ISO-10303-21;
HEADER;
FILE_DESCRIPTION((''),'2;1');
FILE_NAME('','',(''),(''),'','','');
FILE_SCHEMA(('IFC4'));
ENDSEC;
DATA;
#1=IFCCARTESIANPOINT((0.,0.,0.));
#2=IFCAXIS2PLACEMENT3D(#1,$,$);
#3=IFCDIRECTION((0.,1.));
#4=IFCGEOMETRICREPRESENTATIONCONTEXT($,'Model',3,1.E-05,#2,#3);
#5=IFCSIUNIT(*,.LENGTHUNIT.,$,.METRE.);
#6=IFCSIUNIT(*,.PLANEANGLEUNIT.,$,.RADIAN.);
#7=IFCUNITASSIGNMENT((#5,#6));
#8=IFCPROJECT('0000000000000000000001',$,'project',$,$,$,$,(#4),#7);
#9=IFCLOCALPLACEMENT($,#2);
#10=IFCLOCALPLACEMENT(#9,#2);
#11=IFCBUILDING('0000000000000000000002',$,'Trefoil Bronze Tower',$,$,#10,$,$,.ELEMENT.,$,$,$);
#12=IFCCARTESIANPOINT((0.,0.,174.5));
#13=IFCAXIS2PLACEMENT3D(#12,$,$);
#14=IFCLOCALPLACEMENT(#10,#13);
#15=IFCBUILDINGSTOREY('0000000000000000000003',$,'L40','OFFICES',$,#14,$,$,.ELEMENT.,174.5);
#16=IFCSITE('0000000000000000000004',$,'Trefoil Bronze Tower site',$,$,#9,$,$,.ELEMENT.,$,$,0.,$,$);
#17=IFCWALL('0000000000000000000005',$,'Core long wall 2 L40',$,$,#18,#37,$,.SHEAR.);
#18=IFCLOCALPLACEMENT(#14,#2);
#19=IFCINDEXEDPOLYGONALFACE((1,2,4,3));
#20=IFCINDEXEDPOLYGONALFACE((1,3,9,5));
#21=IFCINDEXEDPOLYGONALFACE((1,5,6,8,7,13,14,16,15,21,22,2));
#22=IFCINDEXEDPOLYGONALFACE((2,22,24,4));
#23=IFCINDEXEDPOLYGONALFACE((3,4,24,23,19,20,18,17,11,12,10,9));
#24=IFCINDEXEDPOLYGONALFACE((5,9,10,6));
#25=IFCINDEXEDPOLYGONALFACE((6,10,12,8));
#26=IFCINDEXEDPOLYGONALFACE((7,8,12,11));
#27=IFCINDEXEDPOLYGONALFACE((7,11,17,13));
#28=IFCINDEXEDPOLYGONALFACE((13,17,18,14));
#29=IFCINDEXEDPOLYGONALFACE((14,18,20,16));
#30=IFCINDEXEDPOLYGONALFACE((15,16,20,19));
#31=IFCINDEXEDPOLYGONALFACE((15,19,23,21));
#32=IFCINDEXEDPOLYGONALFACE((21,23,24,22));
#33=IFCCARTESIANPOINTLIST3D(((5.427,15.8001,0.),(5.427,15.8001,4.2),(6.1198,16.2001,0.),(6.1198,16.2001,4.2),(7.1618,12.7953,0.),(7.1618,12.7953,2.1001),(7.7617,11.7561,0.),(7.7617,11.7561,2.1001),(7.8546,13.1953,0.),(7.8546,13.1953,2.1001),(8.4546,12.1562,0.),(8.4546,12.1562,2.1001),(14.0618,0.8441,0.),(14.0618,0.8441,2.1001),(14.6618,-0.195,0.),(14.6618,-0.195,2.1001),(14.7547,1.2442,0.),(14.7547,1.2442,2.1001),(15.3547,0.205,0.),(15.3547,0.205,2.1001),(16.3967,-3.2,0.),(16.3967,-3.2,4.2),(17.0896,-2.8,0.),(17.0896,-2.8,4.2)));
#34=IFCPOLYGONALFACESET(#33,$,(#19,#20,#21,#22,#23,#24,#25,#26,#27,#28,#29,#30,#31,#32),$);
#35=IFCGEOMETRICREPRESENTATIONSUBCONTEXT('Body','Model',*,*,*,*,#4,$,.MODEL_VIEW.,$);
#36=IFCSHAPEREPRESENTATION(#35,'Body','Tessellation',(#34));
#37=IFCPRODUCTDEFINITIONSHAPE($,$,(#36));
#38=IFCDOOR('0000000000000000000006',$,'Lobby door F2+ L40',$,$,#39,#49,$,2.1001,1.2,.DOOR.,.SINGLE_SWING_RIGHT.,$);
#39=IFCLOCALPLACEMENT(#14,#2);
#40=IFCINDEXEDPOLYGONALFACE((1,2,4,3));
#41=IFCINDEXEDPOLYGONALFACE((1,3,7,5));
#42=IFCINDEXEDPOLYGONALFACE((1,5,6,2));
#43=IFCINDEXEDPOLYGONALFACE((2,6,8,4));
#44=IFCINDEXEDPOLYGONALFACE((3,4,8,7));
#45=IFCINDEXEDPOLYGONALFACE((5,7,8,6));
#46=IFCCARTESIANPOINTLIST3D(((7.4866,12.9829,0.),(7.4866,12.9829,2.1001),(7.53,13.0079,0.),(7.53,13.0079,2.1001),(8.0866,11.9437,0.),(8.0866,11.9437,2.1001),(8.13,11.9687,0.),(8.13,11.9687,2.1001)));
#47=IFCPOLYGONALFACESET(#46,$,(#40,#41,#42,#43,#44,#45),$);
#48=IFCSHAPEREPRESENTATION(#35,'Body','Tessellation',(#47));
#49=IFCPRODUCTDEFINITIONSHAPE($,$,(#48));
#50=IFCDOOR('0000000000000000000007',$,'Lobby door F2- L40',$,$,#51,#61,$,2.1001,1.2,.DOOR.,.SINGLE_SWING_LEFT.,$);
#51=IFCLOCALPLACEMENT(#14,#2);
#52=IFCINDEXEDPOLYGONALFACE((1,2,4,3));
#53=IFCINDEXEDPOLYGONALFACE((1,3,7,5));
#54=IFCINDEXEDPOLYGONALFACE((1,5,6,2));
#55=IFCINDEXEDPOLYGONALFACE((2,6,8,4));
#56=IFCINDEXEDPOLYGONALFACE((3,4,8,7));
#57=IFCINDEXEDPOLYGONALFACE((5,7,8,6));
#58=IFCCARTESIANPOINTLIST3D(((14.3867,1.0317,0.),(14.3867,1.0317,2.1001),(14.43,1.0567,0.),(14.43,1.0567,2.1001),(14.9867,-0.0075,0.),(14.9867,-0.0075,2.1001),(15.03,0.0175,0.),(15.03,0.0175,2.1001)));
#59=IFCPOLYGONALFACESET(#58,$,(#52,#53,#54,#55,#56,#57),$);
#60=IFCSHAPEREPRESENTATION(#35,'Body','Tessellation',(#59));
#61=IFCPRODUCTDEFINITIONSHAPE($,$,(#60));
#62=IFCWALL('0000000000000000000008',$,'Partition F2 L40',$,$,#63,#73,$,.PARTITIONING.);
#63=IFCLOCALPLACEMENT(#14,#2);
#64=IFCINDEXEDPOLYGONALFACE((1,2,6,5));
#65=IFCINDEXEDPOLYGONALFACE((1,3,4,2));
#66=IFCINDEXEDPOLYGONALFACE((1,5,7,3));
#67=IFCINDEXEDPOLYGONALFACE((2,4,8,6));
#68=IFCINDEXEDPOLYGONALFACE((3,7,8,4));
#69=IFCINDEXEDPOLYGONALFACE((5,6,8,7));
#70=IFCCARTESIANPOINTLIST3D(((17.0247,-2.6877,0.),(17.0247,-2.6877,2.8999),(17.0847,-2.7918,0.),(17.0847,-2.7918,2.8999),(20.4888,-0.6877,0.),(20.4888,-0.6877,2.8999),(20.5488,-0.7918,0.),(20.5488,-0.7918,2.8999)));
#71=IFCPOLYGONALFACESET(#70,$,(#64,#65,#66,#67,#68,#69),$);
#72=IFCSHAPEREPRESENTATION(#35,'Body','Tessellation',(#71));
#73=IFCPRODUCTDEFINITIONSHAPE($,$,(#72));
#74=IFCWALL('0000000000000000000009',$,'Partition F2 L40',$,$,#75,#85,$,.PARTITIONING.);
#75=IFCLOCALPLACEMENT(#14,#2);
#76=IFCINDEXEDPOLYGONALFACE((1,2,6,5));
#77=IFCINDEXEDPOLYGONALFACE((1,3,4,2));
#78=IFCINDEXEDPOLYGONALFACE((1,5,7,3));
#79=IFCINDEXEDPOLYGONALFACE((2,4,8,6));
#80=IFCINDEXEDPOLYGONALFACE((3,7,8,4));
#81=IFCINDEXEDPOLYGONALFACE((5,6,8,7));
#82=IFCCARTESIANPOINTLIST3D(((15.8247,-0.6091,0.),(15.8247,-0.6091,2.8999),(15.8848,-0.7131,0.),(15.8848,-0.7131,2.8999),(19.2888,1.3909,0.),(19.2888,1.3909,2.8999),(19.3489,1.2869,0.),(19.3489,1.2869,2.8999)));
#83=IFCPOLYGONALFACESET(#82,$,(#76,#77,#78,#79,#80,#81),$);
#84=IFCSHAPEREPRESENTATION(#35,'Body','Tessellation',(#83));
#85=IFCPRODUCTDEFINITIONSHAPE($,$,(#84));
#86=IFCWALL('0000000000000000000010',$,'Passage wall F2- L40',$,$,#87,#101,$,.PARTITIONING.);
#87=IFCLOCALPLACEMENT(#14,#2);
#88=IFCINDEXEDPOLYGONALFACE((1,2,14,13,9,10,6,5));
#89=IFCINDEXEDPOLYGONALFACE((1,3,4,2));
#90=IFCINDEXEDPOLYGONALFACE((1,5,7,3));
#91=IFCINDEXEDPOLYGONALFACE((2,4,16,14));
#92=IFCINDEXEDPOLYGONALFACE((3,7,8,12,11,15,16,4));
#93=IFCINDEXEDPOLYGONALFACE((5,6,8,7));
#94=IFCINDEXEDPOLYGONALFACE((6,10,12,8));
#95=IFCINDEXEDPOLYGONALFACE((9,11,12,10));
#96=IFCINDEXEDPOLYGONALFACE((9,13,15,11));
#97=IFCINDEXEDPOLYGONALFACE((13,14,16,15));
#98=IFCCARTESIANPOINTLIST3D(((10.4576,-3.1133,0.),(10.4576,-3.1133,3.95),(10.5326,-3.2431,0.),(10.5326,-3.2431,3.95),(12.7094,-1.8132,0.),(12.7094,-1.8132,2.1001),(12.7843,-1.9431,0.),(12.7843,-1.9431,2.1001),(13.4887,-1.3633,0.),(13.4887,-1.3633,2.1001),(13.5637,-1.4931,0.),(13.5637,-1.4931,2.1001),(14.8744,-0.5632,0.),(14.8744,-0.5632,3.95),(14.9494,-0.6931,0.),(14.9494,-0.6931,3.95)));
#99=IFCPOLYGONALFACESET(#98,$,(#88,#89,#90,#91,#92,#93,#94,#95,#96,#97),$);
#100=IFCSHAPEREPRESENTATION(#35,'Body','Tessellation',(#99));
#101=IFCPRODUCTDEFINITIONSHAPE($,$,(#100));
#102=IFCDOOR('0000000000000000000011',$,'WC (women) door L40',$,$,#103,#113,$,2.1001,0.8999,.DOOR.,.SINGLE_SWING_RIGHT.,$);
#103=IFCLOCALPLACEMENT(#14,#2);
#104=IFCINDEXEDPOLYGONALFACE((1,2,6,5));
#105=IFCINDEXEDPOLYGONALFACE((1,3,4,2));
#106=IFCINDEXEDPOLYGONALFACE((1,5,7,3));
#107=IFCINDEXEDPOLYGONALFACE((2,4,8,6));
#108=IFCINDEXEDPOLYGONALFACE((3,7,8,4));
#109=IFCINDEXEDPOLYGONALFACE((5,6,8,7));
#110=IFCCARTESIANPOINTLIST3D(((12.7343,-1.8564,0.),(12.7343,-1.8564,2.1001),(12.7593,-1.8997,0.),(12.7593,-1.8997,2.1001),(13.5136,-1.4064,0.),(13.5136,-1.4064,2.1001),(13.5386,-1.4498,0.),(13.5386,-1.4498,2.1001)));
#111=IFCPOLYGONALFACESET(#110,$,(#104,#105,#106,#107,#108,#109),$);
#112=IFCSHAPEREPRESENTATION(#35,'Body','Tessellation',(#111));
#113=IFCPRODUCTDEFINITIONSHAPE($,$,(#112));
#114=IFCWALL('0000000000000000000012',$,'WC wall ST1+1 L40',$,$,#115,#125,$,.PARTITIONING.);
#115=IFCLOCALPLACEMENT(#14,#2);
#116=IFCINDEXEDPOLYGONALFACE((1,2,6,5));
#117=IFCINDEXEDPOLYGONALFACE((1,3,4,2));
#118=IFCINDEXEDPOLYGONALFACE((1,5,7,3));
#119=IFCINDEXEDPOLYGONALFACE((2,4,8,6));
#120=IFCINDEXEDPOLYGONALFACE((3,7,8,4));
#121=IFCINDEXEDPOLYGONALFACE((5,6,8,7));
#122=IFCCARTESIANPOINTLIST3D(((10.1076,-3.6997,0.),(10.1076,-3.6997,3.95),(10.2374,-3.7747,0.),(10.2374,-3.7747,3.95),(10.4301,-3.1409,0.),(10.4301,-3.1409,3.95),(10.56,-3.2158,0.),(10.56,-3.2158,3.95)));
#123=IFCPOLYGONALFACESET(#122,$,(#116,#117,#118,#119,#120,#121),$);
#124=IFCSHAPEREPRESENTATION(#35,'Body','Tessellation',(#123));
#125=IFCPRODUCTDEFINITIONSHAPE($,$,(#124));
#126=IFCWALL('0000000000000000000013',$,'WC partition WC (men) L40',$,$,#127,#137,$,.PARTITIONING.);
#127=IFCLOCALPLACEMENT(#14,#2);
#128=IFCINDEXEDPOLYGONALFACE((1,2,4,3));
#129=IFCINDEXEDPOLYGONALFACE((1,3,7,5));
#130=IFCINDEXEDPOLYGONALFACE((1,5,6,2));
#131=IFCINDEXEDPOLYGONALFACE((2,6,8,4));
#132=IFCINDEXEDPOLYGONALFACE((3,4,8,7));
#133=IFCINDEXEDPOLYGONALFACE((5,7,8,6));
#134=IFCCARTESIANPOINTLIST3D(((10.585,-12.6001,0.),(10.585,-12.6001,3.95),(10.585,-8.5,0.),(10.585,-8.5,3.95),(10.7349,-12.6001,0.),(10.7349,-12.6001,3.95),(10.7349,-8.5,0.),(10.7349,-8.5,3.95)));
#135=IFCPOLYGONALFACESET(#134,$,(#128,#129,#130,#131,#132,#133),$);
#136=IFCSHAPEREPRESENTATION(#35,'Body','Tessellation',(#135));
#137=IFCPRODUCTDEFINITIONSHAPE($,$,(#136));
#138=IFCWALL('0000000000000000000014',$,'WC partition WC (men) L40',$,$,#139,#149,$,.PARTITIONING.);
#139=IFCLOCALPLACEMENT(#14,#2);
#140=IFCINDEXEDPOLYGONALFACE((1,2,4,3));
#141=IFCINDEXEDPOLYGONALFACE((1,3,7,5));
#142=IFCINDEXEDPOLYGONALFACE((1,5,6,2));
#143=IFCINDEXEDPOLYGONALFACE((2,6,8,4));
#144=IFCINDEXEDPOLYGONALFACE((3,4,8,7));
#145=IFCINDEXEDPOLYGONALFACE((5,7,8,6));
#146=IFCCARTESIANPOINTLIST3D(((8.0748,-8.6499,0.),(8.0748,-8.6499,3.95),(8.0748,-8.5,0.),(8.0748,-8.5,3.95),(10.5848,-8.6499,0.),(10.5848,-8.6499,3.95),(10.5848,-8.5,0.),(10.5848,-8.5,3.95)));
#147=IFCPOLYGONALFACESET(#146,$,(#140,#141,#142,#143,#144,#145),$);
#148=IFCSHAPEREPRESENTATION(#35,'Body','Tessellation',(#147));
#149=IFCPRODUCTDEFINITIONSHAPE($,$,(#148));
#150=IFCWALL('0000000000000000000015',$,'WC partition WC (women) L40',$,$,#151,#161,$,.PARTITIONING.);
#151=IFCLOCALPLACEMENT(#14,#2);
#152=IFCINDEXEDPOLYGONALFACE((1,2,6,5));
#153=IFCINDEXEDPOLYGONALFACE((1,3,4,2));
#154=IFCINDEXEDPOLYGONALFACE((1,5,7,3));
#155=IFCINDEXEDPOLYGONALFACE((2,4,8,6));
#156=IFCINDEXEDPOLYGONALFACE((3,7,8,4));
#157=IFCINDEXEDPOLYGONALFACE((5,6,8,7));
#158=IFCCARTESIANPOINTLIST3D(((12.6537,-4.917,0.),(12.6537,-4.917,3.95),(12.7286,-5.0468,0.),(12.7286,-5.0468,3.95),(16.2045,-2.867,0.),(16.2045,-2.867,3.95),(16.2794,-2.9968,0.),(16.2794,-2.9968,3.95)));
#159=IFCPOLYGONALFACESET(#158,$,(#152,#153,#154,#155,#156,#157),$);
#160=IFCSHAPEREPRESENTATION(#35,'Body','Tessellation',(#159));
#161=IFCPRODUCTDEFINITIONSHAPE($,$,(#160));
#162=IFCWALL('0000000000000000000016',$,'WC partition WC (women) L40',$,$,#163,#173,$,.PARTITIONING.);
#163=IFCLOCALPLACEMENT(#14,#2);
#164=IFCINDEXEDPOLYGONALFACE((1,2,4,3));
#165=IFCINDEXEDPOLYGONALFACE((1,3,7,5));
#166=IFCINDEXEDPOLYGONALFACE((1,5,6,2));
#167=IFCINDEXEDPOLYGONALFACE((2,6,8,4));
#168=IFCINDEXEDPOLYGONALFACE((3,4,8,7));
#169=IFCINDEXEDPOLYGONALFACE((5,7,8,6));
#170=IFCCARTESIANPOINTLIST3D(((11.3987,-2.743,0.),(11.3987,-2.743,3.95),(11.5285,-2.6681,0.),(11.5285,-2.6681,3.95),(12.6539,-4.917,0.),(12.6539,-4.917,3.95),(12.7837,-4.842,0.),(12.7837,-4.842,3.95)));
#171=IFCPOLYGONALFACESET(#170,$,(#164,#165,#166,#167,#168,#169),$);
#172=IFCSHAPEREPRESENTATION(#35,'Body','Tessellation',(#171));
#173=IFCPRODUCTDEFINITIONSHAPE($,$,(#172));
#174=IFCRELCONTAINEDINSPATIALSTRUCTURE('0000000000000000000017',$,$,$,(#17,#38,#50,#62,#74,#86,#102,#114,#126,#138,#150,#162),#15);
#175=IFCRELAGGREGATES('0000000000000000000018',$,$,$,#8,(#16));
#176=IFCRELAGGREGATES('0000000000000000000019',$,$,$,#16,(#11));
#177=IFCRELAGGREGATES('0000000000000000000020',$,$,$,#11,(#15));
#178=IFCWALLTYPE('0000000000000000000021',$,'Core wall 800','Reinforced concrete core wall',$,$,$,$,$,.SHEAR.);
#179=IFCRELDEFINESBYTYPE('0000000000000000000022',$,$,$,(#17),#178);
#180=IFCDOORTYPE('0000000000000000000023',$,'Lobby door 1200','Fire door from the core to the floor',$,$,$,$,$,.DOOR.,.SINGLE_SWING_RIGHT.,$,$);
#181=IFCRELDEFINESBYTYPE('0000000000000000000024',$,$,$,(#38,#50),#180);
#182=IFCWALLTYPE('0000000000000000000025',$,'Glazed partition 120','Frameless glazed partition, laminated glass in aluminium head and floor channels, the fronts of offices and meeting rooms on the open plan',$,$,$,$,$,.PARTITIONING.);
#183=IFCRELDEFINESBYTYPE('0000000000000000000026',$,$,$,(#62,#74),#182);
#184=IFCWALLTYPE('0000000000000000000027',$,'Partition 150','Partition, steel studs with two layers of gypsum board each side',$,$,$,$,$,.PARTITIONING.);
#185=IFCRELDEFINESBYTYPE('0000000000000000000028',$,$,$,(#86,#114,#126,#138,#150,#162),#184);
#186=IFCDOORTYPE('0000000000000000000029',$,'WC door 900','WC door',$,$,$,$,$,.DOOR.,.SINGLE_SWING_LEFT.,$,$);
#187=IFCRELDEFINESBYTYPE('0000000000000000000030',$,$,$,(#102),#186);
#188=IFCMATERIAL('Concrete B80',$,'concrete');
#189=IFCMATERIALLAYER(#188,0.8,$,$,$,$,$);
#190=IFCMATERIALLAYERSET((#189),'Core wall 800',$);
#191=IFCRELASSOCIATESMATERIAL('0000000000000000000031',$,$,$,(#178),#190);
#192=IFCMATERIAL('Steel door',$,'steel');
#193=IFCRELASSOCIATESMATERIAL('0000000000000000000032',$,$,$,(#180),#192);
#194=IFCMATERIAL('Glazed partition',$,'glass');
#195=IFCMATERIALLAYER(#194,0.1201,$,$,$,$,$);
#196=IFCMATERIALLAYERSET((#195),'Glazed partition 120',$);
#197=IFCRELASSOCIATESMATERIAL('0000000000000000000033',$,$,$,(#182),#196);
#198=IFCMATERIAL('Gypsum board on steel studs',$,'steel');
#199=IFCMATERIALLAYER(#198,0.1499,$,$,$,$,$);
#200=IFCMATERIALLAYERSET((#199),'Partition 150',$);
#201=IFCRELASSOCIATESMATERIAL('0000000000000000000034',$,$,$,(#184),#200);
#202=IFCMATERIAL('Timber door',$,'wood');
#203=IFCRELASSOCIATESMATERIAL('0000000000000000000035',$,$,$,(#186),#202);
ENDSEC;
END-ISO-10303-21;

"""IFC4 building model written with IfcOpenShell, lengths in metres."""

from ifc_helpers import new_model, si_unit, direction, frame, frame_2d, origin, place, context, subcontext, project, spatial, rectangle, extrude, material, layer, layer_set, type_object, element, fill, save


model = new_model("IFC4")

# Units and contexts
model_context = context("Model", 3, precision=1e-05, world=origin(), true_north=direction((0.0, 1.0)))
body_context = subcontext(model_context, "Body", "Model", "MODEL_VIEW")
ifc_project = project(units=[si_unit("LENGTHUNIT", "METRE"), si_unit("PLANEANGLEUNIT", "RADIAN")], contexts=[model_context])

# Site, building, storey
site_placement = place(None, origin())
site = spatial("IfcSite", under=ifc_project, at=site_placement, Name="Trefoil Bronze Tower site", CompositionType="ELEMENT", RefElevation=0.0)
building_placement = place(site_placement, origin())
building = spatial("IfcBuilding", under=site, at=building_placement, Name="Trefoil Bronze Tower", CompositionType="ELEMENT")
storey_placement = place(building_placement, frame((0.0, 0.0, 174.5)))
storey = spatial("IfcBuildingStorey", under=building, at=storey_placement, Name="L40", Description="OFFICES", CompositionType="ELEMENT", Elevation=174.5)

# Shared definitions
ifc_material_1 = material(Name="Concrete B80", Category="concrete")
ifc_layer_1 = layer(ifc_material_1, 0.8)
ifc_layer_set_1 = layer_set([ifc_layer_1], Name="Core wall 800")
wall_type_1 = type_object("IfcWallType", Name="Core wall 800", Description="Reinforced concrete core wall", PredefinedType="SHEAR", material=ifc_layer_set_1)

# Wall, openings, doors
wall_1_placement = place(storey_placement, frame((16.7432, -3.0, 0.0), z_axis=(0.0, 0.0, 1.0), x_axis=(-0.500002, 0.866024, 0.0)))
wall_1 = element("IfcWall", 1, at=wall_1_placement, inside=storey, type_object=wall_type_1, Name="Core long wall 2 L40", PredefinedType="SHEAR", context=body_context, shape_type="SweptSolid", body=[
    extrude(rectangle(XDim=21.9395, YDim=0.8, at=frame_2d((10.9697, 0.0))), origin(), (0.0, 0.0, 1.0), 4.2),
])
opening_1_placement = place(wall_1_placement, frame((17.2698, 0.0, 0.0)))
opening_1 = element("IfcOpeningElement", 2, at=opening_1_placement, cuts=wall_1, PredefinedType="OPENING", context=body_context, shape_type="SweptSolid", body=[
    extrude(rectangle(XDim=1.2, YDim=2.1001, at=frame_2d((0.6001, 1.05))), frame((0.0, 0.4099, 0.0), z_axis=(0.0, -1.0, 0.0), x_axis=(1.0, 0.0, 0.0)), (0.0, 0.0, 1.0), 0.8201),
])
opening_2_placement = place(wall_1_placement, frame((3.4697, 0.0, 0.0)))
opening_2 = element("IfcOpeningElement", 3, at=opening_2_placement, cuts=wall_1, PredefinedType="OPENING", context=body_context, shape_type="SweptSolid", body=[
    extrude(rectangle(XDim=1.2, YDim=2.1001, at=frame_2d((0.6001, 1.05))), frame((0.0, 0.4099, 0.0), z_axis=(0.0, -1.0, 0.0), x_axis=(1.0, 0.0, 0.0)), (0.0, 0.0, 1.0), 0.8201),
])
ifc_material_2 = material(Name="Steel door", Category="steel")
door_type_1 = type_object("IfcDoorType", Name="Lobby door 1200", Description="Fire door from the core to the floor", OperationType="SINGLE_SWING_RIGHT", PredefinedType="DOOR", material=ifc_material_2)
door_1_placement = place(opening_1_placement, origin())
door_1 = element("IfcDoor", 4, at=door_1_placement, inside=storey, type_object=door_type_1, Name="Lobby door F2+ L40", OperationType="SINGLE_SWING_RIGHT", OverallHeight=2.1001, OverallWidth=1.2, PredefinedType="DOOR", context=body_context, shape_type="SweptSolid", body=[
    extrude(rectangle(XDim=1.2, YDim=2.1001, at=frame_2d((0.6001, 1.05))), frame((0.0, 0.0249, 0.0), z_axis=(0.0, -1.0, 0.0), x_axis=(1.0, 0.0, 0.0)), (0.0, 0.0, 1.0), 0.05),
])
fill(opening_1, door_1)
door_2_placement = place(opening_2_placement, origin())
door_2 = element("IfcDoor", 5, at=door_2_placement, inside=storey, type_object=door_type_1, Name="Lobby door F2- L40", OperationType="SINGLE_SWING_LEFT", OverallHeight=2.1001, OverallWidth=1.2, PredefinedType="DOOR", context=body_context, shape_type="SweptSolid", body=[
    extrude(rectangle(XDim=1.2, YDim=2.1001, at=frame_2d((0.6001, 1.05))), frame((0.0, 0.0249, 0.0), z_axis=(0.0, -1.0, 0.0), x_axis=(1.0, 0.0, 0.0)), (0.0, 0.0, 1.0), 0.05),
])
fill(opening_2, door_2)

# Walls
ifc_material_3 = material(Name="Glazed partition", Category="glass")
ifc_layer_2 = layer(ifc_material_3, 0.1201)
ifc_layer_set_2 = layer_set([ifc_layer_2], Name="Glazed partition 120")
wall_type_2 = type_object("IfcWallType", Name="Glazed partition 120", Description="Frameless glazed partition, laminated glass in aluminium head and floor channels, the fronts of offices and meeting rooms on the open plan", PredefinedType="PARTITIONING", material=ifc_layer_set_2)
for number, where, z_axis, x_axis, name in (
    (6, (17.0547, -2.7397, 0.0), (0.0, 0.0, 1.0), (0.866026, 0.499999, 0.0), "Partition F2 L40"),
    (7, (15.8547, -0.6611, 0.0), (0.0, 0.0, 1.0), (0.866026, 0.499999, 0.0), "Partition F2 L40"),
):
    element("IfcWall", number, at=place(storey_placement, frame(where, z_axis=z_axis, x_axis=x_axis)), inside=storey, type_object=wall_type_2, Name=name, PredefinedType="PARTITIONING", context=body_context, shape_type="SweptSolid", body=[
        extrude(rectangle(XDim=4.0, YDim=0.1201, at=frame_2d((2.0, 0.0))), origin(), (0.0, 0.0, 1.0), 2.8999),
    ])

# Wall, opening, door
ifc_material_4 = material(Name="Gypsum board on steel studs", Category="steel")
ifc_layer_3 = layer(ifc_material_4, 0.1499)
ifc_layer_set_3 = layer_set([ifc_layer_3], Name="Partition 150")
wall_type_3 = type_object("IfcWallType", Name="Partition 150", Description="Partition, steel studs with two layers of gypsum board each side", PredefinedType="PARTITIONING", material=ifc_layer_set_3)
wall_2_placement = place(storey_placement, frame((10.4951, -3.1782, 0.0), z_axis=(0.0, 0.0, 1.0), x_axis=(0.866022, 0.500006, 0.0)))
wall_2 = element("IfcWall", 8, at=wall_2_placement, inside=storey, type_object=wall_type_3, Name="Passage wall F2- L40", PredefinedType="PARTITIONING", context=body_context, shape_type="SweptSolid", body=[
    extrude(rectangle(XDim=5.1001, YDim=0.1499, at=frame_2d((2.55, 0.0))), origin(), (0.0, 0.0, 1.0), 3.95),
])
opening_3_placement = place(wall_2_placement, frame((2.6001, 0.0, 0.0)))
opening_3 = element("IfcOpeningElement", 9, at=opening_3_placement, cuts=wall_2, PredefinedType="OPENING", context=body_context, shape_type="SweptSolid", body=[
    extrude(rectangle(XDim=0.8999, YDim=2.1001, at=frame_2d((0.45, 1.05))), frame((0.0, 0.085, 0.0), z_axis=(0.0, -1.0, 0.0), x_axis=(1.0, 0.0, 0.0)), (0.0, 0.0, 1.0), 0.1699),
])
ifc_material_5 = material(Name="Timber door", Category="wood")
door_type_2 = type_object("IfcDoorType", Name="WC door 900", Description="WC door", OperationType="SINGLE_SWING_LEFT", PredefinedType="DOOR", material=ifc_material_5)
door_3_placement = place(opening_3_placement, frame((0.8999, 0.0, 0.0), z_axis=(0.0, 0.0, 1.0), x_axis=(-1.0, 0.0, 0.0)))
door_3 = element("IfcDoor", 10, at=door_3_placement, inside=storey, type_object=door_type_2, Name="WC (women) door L40", OperationType="SINGLE_SWING_RIGHT", OverallHeight=2.1001, OverallWidth=0.8999, PredefinedType="DOOR", context=body_context, shape_type="SweptSolid", body=[
    extrude(rectangle(XDim=0.8999, YDim=2.1001, at=frame_2d((0.45, 1.05))), frame((0.0, 0.0249, 0.0), z_axis=(0.0, -1.0, 0.0), x_axis=(1.0, 0.0, 0.0)), (0.0, 0.0, 1.0), 0.05),
])
fill(opening_3, door_3)

# Walls
wall_3_placement = place(storey_placement, frame((10.4951, -3.1782, 0.0), z_axis=(0.0, 0.0, 1.0), x_axis=(-0.499843, -0.866116, 0.0)))
element("IfcWall", 11, at=wall_3_placement, inside=storey, type_object=wall_type_3, Name="WC wall ST1+1 L40", PredefinedType="PARTITIONING", context=body_context, shape_type="SweptSolid", body=[
    extrude(rectangle(XDim=0.6453, YDim=0.1499, at=frame_2d((0.3228, 0.0))), origin(), (0.0, 0.0, 1.0), 3.95),
])
wall_4_placement = place(storey_placement, frame((10.6599, -8.5, 0.0), z_axis=(0.0, 0.0, 1.0), x_axis=(0.0, -1.0, 0.0)))
element("IfcWall", 12, at=wall_4_placement, inside=storey, type_object=wall_type_3, Name="WC partition WC (men) L40", PredefinedType="PARTITIONING", context=body_context, shape_type="SweptSolid", body=[
    extrude(rectangle(XDim=4.1001, YDim=0.1499, at=frame_2d((2.05, 0.0))), origin(), (0.0, 0.0, 1.0), 3.95),
])
wall_5_placement = place(storey_placement, frame((8.075, -8.575, 0.0), z_axis=(0.0, 0.0, 1.0), x_axis=(1.0, 0.0, 0.0)))
element("IfcWall", 13, at=wall_5_placement, inside=storey, type_object=wall_type_3, Name="WC partition WC (men) L40", PredefinedType="PARTITIONING", context=body_context, shape_type="SweptSolid", body=[
    extrude(rectangle(XDim=2.51, YDim=0.1499, at=frame_2d((1.2549, 0.0))), origin(), (0.0, 0.0, 1.0), 3.95),
])
wall_6_placement = place(storey_placement, frame((12.6912, -4.9819, 0.0), z_axis=(0.0, 0.0, 1.0), x_axis=(0.866025, 0.500001, 0.0)))
element("IfcWall", 14, at=wall_6_placement, inside=storey, type_object=wall_type_3, Name="WC partition WC (women) L40", PredefinedType="PARTITIONING", context=body_context, shape_type="SweptSolid", body=[
    extrude(rectangle(XDim=4.1001, YDim=0.1499, at=frame_2d((2.05, 0.0))), origin(), (0.0, 0.0, 1.0), 3.95),
])
wall_7_placement = place(storey_placement, frame((11.4636, -2.7056, 0.0), z_axis=(0.0, 0.0, 1.0), x_axis=(0.50002, -0.866014, 0.0)))
element("IfcWall", 15, at=wall_7_placement, inside=storey, type_object=wall_type_3, Name="WC partition WC (women) L40", PredefinedType="PARTITIONING", context=body_context, shape_type="SweptSolid", body=[
    extrude(rectangle(XDim=2.5103, YDim=0.1499, at=frame_2d((1.2551, 0.0))), origin(), (0.0, 0.0, 1.0), 3.95),
])

save(model, "model.ifc")
